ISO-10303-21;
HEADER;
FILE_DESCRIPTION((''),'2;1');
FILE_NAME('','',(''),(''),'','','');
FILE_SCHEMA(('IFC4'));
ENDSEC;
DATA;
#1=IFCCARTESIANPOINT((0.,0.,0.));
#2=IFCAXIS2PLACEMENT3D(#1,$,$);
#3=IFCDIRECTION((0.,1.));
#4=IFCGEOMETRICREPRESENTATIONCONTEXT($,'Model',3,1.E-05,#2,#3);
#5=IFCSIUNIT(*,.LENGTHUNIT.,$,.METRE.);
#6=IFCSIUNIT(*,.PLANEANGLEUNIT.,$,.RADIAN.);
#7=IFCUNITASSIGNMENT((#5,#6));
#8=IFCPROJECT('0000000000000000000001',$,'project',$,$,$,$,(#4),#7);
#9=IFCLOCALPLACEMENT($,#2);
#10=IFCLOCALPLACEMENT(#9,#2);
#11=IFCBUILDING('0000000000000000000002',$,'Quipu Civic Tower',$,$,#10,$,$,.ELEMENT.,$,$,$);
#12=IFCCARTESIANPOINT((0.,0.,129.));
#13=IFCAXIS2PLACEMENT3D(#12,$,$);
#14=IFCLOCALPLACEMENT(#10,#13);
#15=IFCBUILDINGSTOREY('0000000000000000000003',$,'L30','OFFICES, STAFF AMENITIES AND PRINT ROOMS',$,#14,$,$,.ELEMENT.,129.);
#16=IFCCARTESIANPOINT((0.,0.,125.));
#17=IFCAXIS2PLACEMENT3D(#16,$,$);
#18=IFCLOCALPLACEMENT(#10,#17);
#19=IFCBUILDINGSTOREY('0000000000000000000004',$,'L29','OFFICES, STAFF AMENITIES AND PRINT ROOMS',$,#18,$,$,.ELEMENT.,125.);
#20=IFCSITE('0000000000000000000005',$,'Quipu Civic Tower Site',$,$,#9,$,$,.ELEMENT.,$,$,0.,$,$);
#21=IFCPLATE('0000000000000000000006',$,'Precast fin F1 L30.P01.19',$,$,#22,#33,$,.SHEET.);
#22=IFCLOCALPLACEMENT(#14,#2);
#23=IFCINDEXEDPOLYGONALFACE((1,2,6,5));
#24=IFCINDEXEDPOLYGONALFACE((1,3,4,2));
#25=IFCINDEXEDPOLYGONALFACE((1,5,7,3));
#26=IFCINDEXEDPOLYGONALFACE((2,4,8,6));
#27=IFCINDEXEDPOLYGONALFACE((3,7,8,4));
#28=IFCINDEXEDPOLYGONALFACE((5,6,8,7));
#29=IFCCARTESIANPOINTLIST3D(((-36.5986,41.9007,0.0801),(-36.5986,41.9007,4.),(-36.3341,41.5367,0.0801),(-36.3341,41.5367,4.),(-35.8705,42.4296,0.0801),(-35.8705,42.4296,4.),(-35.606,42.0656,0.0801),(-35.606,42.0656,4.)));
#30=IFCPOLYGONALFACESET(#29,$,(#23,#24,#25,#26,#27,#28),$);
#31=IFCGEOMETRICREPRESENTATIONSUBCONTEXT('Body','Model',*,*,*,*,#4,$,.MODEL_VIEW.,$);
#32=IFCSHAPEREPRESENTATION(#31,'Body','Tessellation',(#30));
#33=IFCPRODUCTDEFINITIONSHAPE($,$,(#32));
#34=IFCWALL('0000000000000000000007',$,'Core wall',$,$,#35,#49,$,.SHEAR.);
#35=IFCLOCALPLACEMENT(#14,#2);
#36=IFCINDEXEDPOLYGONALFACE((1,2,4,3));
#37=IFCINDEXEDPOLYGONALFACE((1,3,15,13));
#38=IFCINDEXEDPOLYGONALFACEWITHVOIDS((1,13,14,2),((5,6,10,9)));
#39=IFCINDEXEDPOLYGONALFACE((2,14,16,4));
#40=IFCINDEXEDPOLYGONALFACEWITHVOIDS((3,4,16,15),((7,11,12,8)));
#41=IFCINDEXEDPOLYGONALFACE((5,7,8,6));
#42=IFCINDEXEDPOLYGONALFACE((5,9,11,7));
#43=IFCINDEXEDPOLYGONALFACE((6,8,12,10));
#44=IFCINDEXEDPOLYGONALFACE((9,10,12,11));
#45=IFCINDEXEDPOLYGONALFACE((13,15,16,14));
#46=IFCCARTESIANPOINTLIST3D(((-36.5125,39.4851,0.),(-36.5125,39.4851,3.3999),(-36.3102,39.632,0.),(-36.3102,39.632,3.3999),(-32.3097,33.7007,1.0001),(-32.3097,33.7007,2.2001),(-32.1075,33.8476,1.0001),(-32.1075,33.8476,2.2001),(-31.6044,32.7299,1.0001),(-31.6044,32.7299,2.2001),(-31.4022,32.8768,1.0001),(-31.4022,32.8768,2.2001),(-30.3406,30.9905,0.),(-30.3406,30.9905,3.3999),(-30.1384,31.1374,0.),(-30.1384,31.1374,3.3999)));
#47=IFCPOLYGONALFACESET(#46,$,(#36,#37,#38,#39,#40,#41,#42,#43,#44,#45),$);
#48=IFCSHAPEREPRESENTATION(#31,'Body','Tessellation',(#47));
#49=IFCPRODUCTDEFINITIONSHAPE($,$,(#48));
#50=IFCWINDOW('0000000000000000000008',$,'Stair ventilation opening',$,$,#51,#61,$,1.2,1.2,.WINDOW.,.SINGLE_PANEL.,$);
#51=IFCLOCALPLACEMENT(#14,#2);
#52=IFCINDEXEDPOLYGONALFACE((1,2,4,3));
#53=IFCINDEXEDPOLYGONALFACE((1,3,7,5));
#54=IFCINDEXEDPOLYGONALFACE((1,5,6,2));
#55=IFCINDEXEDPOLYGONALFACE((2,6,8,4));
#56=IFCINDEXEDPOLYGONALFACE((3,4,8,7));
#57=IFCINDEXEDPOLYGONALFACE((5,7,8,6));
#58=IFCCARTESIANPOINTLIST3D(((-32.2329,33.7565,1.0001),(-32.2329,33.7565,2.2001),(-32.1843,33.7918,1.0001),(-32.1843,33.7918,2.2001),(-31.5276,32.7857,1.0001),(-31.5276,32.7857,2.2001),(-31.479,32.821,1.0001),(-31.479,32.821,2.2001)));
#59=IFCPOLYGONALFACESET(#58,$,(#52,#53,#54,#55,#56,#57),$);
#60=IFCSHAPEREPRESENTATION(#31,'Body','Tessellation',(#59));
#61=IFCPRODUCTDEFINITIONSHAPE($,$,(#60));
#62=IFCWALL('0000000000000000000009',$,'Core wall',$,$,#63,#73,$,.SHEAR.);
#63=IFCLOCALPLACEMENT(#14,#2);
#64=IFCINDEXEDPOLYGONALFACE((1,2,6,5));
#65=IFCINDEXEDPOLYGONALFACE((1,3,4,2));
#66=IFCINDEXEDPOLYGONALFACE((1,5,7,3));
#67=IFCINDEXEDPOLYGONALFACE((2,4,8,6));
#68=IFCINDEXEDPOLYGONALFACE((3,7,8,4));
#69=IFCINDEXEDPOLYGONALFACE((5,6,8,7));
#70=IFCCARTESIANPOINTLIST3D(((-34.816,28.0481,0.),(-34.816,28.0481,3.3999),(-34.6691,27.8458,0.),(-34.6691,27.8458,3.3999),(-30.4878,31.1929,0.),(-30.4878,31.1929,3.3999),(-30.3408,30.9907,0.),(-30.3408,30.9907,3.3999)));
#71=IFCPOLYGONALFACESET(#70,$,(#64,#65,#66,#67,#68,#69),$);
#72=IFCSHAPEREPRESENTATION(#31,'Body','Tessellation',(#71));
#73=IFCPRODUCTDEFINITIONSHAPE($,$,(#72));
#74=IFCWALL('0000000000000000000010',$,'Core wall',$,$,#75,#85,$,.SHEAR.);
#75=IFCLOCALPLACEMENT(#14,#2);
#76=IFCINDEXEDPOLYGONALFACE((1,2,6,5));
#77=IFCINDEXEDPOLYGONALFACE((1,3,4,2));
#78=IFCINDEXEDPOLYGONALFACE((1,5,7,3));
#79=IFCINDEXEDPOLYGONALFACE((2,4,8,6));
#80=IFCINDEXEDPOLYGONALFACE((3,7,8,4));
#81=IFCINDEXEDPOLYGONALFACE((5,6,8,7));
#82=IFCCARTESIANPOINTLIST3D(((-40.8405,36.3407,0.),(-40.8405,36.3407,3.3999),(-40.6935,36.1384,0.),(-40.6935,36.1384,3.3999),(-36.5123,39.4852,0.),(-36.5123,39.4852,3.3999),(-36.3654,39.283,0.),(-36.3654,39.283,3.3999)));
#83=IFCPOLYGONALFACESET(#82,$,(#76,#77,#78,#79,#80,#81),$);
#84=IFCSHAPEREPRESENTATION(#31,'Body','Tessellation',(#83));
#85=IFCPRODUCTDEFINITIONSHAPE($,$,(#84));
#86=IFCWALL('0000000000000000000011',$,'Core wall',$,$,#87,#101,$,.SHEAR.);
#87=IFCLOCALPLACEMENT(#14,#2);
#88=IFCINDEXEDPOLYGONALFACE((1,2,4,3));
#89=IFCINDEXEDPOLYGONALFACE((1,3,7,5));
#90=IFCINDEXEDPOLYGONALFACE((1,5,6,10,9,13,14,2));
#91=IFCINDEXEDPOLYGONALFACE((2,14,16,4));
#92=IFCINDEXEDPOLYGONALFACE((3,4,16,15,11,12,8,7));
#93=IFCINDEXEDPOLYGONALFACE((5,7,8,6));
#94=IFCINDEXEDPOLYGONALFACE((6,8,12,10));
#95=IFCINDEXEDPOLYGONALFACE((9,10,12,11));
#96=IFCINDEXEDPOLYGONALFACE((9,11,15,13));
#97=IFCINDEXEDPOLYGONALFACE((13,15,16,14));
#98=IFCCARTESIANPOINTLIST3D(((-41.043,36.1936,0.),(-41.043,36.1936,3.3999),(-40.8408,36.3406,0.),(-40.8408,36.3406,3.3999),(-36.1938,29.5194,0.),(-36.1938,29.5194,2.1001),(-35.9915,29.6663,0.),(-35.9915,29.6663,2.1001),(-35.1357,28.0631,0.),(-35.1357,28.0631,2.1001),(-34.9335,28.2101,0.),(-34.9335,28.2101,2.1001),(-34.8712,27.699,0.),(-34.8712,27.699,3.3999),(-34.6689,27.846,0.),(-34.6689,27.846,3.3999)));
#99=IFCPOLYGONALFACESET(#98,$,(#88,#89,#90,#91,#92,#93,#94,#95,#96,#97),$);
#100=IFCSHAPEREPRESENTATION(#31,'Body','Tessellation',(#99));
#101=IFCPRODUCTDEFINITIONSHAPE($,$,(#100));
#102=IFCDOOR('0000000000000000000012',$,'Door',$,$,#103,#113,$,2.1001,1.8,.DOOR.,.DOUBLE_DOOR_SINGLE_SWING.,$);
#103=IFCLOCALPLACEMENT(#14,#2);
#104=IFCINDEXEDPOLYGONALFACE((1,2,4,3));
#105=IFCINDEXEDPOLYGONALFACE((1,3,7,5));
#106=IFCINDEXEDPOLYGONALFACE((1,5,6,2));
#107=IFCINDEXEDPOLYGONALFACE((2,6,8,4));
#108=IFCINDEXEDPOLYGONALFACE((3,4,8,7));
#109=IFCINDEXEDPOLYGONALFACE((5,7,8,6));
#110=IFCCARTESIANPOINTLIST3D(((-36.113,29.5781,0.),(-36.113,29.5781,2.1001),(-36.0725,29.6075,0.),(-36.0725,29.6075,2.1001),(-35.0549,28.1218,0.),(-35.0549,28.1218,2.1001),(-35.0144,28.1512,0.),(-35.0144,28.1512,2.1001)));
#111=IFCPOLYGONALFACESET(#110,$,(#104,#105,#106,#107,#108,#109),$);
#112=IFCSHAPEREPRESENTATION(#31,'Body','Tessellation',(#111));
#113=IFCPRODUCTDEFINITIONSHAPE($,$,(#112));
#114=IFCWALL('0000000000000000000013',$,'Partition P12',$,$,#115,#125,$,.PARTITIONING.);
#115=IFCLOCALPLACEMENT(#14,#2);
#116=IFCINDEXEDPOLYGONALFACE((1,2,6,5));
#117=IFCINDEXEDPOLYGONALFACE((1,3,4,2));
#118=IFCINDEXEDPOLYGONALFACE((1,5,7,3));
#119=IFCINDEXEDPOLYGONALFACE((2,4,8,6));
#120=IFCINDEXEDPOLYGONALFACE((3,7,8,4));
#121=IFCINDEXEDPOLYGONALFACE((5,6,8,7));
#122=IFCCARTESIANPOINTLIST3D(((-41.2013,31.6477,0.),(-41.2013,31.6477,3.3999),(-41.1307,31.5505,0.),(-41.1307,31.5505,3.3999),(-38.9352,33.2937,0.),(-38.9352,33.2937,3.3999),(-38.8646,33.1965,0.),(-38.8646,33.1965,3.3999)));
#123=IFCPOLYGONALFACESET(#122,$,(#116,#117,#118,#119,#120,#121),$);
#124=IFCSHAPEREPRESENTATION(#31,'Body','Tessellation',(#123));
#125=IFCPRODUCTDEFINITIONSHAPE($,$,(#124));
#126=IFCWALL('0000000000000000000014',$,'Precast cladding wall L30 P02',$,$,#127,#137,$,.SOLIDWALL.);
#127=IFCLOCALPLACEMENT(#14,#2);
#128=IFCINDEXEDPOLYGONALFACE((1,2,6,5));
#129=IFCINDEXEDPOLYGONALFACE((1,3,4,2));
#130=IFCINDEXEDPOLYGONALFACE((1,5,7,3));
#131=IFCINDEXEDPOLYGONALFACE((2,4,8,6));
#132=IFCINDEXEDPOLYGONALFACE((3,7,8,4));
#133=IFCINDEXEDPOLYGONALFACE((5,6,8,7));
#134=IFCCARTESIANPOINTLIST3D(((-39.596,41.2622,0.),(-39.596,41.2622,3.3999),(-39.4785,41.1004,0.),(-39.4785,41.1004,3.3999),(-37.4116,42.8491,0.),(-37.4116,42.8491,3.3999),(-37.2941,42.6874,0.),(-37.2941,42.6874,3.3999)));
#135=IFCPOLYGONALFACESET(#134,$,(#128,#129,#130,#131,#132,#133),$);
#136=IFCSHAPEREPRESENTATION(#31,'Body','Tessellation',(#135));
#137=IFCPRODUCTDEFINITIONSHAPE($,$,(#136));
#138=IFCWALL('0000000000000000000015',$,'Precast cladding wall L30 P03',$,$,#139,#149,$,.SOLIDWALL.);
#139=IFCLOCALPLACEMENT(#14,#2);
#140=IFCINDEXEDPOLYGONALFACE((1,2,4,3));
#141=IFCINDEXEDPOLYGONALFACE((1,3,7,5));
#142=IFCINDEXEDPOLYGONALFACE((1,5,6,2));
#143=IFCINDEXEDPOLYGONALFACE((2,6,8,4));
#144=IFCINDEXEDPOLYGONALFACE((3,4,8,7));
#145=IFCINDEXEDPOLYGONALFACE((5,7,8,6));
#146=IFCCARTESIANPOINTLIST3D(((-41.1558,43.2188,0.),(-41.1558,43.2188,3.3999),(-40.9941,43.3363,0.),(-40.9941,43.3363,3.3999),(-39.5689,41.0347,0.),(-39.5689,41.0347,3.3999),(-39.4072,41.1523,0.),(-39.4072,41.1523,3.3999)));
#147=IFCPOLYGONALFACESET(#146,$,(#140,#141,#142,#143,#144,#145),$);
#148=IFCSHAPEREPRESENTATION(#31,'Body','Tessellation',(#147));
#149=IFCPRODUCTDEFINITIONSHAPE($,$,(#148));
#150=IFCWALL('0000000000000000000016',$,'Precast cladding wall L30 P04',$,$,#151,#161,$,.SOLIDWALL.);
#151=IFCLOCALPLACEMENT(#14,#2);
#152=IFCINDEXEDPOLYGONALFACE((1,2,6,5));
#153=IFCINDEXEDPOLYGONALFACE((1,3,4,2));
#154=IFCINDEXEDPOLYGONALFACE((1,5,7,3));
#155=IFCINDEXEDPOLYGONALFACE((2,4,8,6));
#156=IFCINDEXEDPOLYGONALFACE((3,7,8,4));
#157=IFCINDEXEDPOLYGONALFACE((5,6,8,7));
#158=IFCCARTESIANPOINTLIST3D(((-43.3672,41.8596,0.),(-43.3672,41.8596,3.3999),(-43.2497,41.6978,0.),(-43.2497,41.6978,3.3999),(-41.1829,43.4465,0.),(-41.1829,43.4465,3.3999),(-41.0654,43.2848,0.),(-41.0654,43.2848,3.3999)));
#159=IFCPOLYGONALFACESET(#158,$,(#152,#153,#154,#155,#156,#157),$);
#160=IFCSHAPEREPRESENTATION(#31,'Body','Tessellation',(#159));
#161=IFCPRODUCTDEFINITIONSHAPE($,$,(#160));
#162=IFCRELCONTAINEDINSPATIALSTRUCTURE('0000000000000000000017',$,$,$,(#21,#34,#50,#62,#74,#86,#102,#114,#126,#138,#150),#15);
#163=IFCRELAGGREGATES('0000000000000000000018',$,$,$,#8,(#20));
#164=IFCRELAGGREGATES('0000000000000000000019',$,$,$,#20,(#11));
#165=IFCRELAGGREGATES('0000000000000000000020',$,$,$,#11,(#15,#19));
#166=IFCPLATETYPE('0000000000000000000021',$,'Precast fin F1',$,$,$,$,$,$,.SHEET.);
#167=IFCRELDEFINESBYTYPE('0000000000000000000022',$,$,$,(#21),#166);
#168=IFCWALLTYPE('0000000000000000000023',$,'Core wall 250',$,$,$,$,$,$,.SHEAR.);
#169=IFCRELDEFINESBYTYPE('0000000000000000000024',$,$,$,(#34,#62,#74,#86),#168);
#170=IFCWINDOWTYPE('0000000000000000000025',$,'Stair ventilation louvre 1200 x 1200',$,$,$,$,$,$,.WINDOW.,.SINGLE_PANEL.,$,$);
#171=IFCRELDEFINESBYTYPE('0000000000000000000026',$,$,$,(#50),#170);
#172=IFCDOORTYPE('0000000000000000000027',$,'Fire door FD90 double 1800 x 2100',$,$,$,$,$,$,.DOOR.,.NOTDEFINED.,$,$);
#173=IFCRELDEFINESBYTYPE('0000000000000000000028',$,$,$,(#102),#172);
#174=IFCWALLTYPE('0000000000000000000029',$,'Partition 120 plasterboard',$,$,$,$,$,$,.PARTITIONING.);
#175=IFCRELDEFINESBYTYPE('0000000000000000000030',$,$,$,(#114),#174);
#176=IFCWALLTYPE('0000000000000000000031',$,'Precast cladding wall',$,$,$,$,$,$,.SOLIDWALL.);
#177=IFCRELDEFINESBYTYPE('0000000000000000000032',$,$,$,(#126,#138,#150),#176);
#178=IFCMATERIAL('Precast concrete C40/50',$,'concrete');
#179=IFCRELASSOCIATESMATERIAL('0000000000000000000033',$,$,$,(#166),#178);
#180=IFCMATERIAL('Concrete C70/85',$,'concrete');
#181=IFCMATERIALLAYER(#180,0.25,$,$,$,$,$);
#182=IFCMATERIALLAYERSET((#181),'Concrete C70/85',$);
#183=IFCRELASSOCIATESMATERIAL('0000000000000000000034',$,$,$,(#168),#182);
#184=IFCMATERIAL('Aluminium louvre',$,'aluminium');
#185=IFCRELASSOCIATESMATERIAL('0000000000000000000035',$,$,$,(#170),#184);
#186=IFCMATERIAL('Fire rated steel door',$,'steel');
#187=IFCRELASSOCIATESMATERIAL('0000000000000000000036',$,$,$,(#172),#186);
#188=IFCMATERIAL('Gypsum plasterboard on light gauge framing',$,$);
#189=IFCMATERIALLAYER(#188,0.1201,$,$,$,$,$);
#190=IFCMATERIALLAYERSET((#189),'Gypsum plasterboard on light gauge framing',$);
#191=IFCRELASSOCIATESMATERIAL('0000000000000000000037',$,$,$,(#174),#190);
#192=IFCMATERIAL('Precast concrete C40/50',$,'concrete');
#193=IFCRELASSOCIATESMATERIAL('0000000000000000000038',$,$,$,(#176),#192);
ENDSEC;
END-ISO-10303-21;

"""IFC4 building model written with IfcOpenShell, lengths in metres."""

from ifc_helpers import new_model, si_unit, direction, frame, frame_2d, origin, origin_2d, place, context, subcontext, project, spatial, rectangle, extrude, material, layer, layer_set, type_object, element, fill, save


model = new_model("IFC4")

# Units and contexts
model_context = context("Model", 3, precision=1e-05, world=origin(), true_north=direction((0.0, 1.0)))
body_context = subcontext(model_context, "Body", "Model", "MODEL_VIEW")
ifc_project = project(units=[si_unit("LENGTHUNIT", "METRE"), si_unit("PLANEANGLEUNIT", "RADIAN")], contexts=[model_context])

# Site, building, storey
site_placement = place(None, origin())
site = spatial("IfcSite", under=ifc_project, at=site_placement, Name="Quipu Civic Tower Site", CompositionType="ELEMENT", RefElevation=0.0)
building_placement = place(site_placement, origin())
building = spatial("IfcBuilding", under=site, at=building_placement, Name="Quipu Civic Tower", CompositionType="ELEMENT")
storey_1_placement = place(building_placement, frame((0.0, 0.0, 129.0)))
storey_1 = spatial("IfcBuildingStorey", under=building, at=storey_1_placement, Name="L30", Description="OFFICES, STAFF AMENITIES AND PRINT ROOMS", CompositionType="ELEMENT", Elevation=129.0)

# Shared definitions
storey_2_placement = place(building_placement, frame((0.0, 0.0, 125.0)))
storey_2 = spatial("IfcBuildingStorey", under=building, at=storey_2_placement, Name="L29", Description="OFFICES, STAFF AMENITIES AND PRINT ROOMS", CompositionType="ELEMENT", Elevation=125.0)

# Plate
ifc_material_1 = material(Name="Precast concrete C40/50", Category="concrete")
plate_type_1 = type_object("IfcPlateType", Name="Precast fin F1", PredefinedType="SHEET", material=ifc_material_1)
for number, where, z_axis, x_axis, name in (
    (1, (-36.1023, 41.9832, 0.0801), (0.0, 0.0, 1.0), (-0.587785, 0.809017, 0.0), "Precast fin F1 L30.P01.19"),
):
    element("IfcPlate", number, at=place(storey_1_placement, frame(where, z_axis=z_axis, x_axis=x_axis)), inside=storey_1, type_object=plate_type_1, Name=name, PredefinedType="SHEET", context=body_context, shape_type="SweptSolid", body=[
        extrude(rectangle(XDim=0.45, YDim=0.8999, at=origin_2d()), origin(), (0.0, 0.0, 1.0), 3.9199),
    ])

# Wall, opening, window
ifc_material_2 = material(Name="Concrete C70/85", Category="concrete")
ifc_layer_1 = layer(ifc_material_2, 0.25)
ifc_layer_set_1 = layer_set([ifc_layer_1], Name="Concrete C70/85")
wall_type_1 = type_object("IfcWallType", Name="Core wall 250", PredefinedType="SHEAR", material=ifc_layer_set_1)
wall_1_placement = place(storey_1_placement, frame((-30.2395, 31.064, 0.0), z_axis=(0.0, 0.0, 1.0), x_axis=(-0.587796, 0.809009, 0.0)))
wall_1 = element("IfcWall", 2, at=wall_1_placement, inside=storey_1, type_object=wall_type_1, Name="Core wall", PredefinedType="SHEAR", context=body_context, shape_type="SweptSolid", body=[
    extrude(rectangle(XDim=10.5, YDim=0.25, at=frame_2d((5.25, 0.0))), origin(), (0.0, 0.0, 1.0), 3.3999),
])
opening_1_placement = place(wall_1_placement, frame((2.1499, 0.0, 1.0)))
opening_1 = element("IfcOpeningElement", 3, at=opening_1_placement, cuts=wall_1, PredefinedType="OPENING", context=body_context, shape_type="SweptSolid", body=[
    extrude(rectangle(XDim=1.2, YDim=1.2, at=frame_2d((0.6001, 0.6001))), frame((0.0, 0.135, 0.0), z_axis=(0.0, -1.0, 0.0), x_axis=(1.0, 0.0, 0.0)), (0.0, 0.0, 1.0), 0.27),
])
ifc_material_3 = material(Name="Aluminium louvre", Category="aluminium")
window_type = type_object("IfcWindowType", Name="Stair ventilation louvre 1200 x 1200", PartitioningType="SINGLE_PANEL", PredefinedType="WINDOW", material=ifc_material_3)
window_placement = place(opening_1_placement, origin())
window = element("IfcWindow", 4, at=window_placement, inside=storey_1, type_object=window_type, Name="Stair ventilation opening", OverallHeight=1.2, OverallWidth=1.2, PartitioningType="SINGLE_PANEL", PredefinedType="WINDOW", context=body_context, shape_type="SweptSolid", body=[
    extrude(rectangle(XDim=1.2, YDim=1.2, at=frame_2d((0.6001, 0.6001))), frame((0.0, 0.03, 0.0), z_axis=(0.0, -1.0, 0.0), x_axis=(1.0, 0.0, 0.0)), (0.0, 0.0, 1.0), 0.0601),
])
fill(opening_1, window)

# Walls
wall_2_placement = place(storey_1_placement, frame((-30.4143, 31.0918, 0.0), z_axis=(0.0, 0.0, 1.0), x_axis=(-0.808998, -0.587811, 0.0)))
element("IfcWall", 5, at=wall_2_placement, inside=storey_1, type_object=wall_type_1, Name="Core wall", PredefinedType="SHEAR", context=body_context, shape_type="SweptSolid", body=[
    extrude(rectangle(XDim=5.3501, YDim=0.25, at=frame_2d((2.675, 0.0))), origin(), (0.0, 0.0, 1.0), 3.3999),
])
wall_3_placement = place(storey_1_placement, frame((-36.439, 39.384, 0.0), z_axis=(0.0, 0.0, 1.0), x_axis=(-0.80902, -0.587781, 0.0)))
element("IfcWall", 6, at=wall_3_placement, inside=storey_1, type_object=wall_type_1, Name="Core wall", PredefinedType="SHEAR", context=body_context, shape_type="SweptSolid", body=[
    extrude(rectangle(XDim=5.3499, YDim=0.25, at=frame_2d((2.6748, 0.0))), origin(), (0.0, 0.0, 1.0), 3.3999),
])

# Wall, opening, door
wall_4_placement = place(storey_1_placement, frame((-40.9419, 36.2671, 0.0), z_axis=(0.0, 0.0, 1.0), x_axis=(0.587796, -0.809009, 0.0)))
wall_4 = element("IfcWall", 7, at=wall_4_placement, inside=storey_1, type_object=wall_type_1, Name="Core wall", PredefinedType="SHEAR", context=body_context, shape_type="SweptSolid", body=[
    extrude(rectangle(XDim=10.5, YDim=0.25, at=frame_2d((5.25, 0.0))), origin(), (0.0, 0.0, 1.0), 3.3999),
])
opening_2_placement = place(wall_4_placement, frame((8.25, 0.0, 0.0)))
opening_2 = element("IfcOpeningElement", 8, at=opening_2_placement, cuts=wall_4, PredefinedType="OPENING", context=body_context, shape_type="SweptSolid", body=[
    extrude(rectangle(XDim=1.8, YDim=2.1001, at=frame_2d((0.8999, 1.05))), frame((0.0, 0.135, 0.0), z_axis=(0.0, -1.0, 0.0), x_axis=(1.0, 0.0, 0.0)), (0.0, 0.0, 1.0), 0.27),
])
ifc_material_4 = material(Name="Fire rated steel door", Category="steel")
door_type = type_object("IfcDoorType", Name="Fire door FD90 double 1800 x 2100", OperationType="NOTDEFINED", PredefinedType="DOOR", material=ifc_material_4)
door_placement = place(opening_2_placement, origin())
door = element("IfcDoor", 9, at=door_placement, inside=storey_1, type_object=door_type, Name="Door", OperationType="DOUBLE_DOOR_SINGLE_SWING", OverallHeight=2.1001, OverallWidth=1.8, PredefinedType="DOOR", context=body_context, shape_type="SweptSolid", body=[
    extrude(rectangle(XDim=1.8, YDim=2.1001, at=frame_2d((0.8999, 1.05))), frame((0.0, 0.0249, 0.0), z_axis=(0.0, -1.0, 0.0), x_axis=(1.0, 0.0, 0.0)), (0.0, 0.0, 1.0), 0.05),
])
fill(opening_2, door)

# Walls
ifc_material_5 = material(Name="Gypsum plasterboard on light gauge framing")
ifc_layer_2 = layer(ifc_material_5, 0.1201)
ifc_layer_set_2 = layer_set([ifc_layer_2], Name="Gypsum plasterboard on light gauge framing")
wall_type_2 = type_object("IfcWallType", Name="Partition 120 plasterboard", PredefinedType="PARTITIONING", material=ifc_layer_set_2)
wall_5_placement = place(storey_1_placement, frame((-41.166, 31.5991, 0.0), z_axis=(0.0, 0.0, 1.0), x_axis=(0.80909, 0.587684, 0.0)))
element("IfcWall", 10, at=wall_5_placement, inside=storey_1, type_object=wall_type_2, Name="Partition P12", PredefinedType="PARTITIONING", context=body_context, shape_type="SweptSolid", body=[
    extrude(rectangle(XDim=2.8008, YDim=0.1201, at=frame_2d((1.4004, 0.0))), origin(), (0.0, 0.0, 1.0), 3.3999),
])
ifc_material_6 = material(Name="Precast concrete C40/50", Category="concrete")
wall_type_3 = type_object("IfcWallType", Name="Precast cladding wall", PredefinedType="SOLIDWALL", material=ifc_material_6)
wall_6_placement = place(storey_1_placement, frame((-37.3528, 42.7683, 0.0), z_axis=(0.0, 0.0, 1.0), x_axis=(-0.809033, -0.587763, 0.0)))
element("IfcWall", 11, at=wall_6_placement, inside=storey_1, type_object=wall_type_3, Name="Precast cladding wall L30 P02", PredefinedType="SOLIDWALL", context=body_context, shape_type="SweptSolid", body=[
    extrude(rectangle(XDim=2.7, YDim=0.2, at=frame_2d((1.3501, 0.0))), origin(), (0.0, 0.0, 1.0), 3.3999),
])
wall_7_placement = place(storey_1_placement, frame((-39.488, 41.0935, 0.0), z_axis=(0.0, 0.0, 1.0), x_axis=(-0.587806, 0.809002, 0.0)))
element("IfcWall", 12, at=wall_7_placement, inside=storey_1, type_object=wall_type_3, Name="Precast cladding wall L30 P03", PredefinedType="SOLIDWALL", context=body_context, shape_type="SweptSolid", body=[
    extrude(rectangle(XDim=2.6997, YDim=0.2, at=frame_2d((1.3499, 0.0))), origin(), (0.0, 0.0, 1.0), 3.3999),
])
wall_8_placement = place(storey_1_placement, frame((-41.124, 43.3657, 0.0), z_axis=(0.0, 0.0, 1.0), x_axis=(-0.809033, -0.587763, 0.0)))
element("IfcWall", 13, at=wall_8_placement, inside=storey_1, type_object=wall_type_3, Name="Precast cladding wall L30 P04", PredefinedType="SOLIDWALL", context=body_context, shape_type="SweptSolid", body=[
    extrude(rectangle(XDim=2.7, YDim=0.2, at=frame_2d((1.3501, 0.0))), origin(), (0.0, 0.0, 1.0), 3.3999),
])

save(model, "model.ifc")
